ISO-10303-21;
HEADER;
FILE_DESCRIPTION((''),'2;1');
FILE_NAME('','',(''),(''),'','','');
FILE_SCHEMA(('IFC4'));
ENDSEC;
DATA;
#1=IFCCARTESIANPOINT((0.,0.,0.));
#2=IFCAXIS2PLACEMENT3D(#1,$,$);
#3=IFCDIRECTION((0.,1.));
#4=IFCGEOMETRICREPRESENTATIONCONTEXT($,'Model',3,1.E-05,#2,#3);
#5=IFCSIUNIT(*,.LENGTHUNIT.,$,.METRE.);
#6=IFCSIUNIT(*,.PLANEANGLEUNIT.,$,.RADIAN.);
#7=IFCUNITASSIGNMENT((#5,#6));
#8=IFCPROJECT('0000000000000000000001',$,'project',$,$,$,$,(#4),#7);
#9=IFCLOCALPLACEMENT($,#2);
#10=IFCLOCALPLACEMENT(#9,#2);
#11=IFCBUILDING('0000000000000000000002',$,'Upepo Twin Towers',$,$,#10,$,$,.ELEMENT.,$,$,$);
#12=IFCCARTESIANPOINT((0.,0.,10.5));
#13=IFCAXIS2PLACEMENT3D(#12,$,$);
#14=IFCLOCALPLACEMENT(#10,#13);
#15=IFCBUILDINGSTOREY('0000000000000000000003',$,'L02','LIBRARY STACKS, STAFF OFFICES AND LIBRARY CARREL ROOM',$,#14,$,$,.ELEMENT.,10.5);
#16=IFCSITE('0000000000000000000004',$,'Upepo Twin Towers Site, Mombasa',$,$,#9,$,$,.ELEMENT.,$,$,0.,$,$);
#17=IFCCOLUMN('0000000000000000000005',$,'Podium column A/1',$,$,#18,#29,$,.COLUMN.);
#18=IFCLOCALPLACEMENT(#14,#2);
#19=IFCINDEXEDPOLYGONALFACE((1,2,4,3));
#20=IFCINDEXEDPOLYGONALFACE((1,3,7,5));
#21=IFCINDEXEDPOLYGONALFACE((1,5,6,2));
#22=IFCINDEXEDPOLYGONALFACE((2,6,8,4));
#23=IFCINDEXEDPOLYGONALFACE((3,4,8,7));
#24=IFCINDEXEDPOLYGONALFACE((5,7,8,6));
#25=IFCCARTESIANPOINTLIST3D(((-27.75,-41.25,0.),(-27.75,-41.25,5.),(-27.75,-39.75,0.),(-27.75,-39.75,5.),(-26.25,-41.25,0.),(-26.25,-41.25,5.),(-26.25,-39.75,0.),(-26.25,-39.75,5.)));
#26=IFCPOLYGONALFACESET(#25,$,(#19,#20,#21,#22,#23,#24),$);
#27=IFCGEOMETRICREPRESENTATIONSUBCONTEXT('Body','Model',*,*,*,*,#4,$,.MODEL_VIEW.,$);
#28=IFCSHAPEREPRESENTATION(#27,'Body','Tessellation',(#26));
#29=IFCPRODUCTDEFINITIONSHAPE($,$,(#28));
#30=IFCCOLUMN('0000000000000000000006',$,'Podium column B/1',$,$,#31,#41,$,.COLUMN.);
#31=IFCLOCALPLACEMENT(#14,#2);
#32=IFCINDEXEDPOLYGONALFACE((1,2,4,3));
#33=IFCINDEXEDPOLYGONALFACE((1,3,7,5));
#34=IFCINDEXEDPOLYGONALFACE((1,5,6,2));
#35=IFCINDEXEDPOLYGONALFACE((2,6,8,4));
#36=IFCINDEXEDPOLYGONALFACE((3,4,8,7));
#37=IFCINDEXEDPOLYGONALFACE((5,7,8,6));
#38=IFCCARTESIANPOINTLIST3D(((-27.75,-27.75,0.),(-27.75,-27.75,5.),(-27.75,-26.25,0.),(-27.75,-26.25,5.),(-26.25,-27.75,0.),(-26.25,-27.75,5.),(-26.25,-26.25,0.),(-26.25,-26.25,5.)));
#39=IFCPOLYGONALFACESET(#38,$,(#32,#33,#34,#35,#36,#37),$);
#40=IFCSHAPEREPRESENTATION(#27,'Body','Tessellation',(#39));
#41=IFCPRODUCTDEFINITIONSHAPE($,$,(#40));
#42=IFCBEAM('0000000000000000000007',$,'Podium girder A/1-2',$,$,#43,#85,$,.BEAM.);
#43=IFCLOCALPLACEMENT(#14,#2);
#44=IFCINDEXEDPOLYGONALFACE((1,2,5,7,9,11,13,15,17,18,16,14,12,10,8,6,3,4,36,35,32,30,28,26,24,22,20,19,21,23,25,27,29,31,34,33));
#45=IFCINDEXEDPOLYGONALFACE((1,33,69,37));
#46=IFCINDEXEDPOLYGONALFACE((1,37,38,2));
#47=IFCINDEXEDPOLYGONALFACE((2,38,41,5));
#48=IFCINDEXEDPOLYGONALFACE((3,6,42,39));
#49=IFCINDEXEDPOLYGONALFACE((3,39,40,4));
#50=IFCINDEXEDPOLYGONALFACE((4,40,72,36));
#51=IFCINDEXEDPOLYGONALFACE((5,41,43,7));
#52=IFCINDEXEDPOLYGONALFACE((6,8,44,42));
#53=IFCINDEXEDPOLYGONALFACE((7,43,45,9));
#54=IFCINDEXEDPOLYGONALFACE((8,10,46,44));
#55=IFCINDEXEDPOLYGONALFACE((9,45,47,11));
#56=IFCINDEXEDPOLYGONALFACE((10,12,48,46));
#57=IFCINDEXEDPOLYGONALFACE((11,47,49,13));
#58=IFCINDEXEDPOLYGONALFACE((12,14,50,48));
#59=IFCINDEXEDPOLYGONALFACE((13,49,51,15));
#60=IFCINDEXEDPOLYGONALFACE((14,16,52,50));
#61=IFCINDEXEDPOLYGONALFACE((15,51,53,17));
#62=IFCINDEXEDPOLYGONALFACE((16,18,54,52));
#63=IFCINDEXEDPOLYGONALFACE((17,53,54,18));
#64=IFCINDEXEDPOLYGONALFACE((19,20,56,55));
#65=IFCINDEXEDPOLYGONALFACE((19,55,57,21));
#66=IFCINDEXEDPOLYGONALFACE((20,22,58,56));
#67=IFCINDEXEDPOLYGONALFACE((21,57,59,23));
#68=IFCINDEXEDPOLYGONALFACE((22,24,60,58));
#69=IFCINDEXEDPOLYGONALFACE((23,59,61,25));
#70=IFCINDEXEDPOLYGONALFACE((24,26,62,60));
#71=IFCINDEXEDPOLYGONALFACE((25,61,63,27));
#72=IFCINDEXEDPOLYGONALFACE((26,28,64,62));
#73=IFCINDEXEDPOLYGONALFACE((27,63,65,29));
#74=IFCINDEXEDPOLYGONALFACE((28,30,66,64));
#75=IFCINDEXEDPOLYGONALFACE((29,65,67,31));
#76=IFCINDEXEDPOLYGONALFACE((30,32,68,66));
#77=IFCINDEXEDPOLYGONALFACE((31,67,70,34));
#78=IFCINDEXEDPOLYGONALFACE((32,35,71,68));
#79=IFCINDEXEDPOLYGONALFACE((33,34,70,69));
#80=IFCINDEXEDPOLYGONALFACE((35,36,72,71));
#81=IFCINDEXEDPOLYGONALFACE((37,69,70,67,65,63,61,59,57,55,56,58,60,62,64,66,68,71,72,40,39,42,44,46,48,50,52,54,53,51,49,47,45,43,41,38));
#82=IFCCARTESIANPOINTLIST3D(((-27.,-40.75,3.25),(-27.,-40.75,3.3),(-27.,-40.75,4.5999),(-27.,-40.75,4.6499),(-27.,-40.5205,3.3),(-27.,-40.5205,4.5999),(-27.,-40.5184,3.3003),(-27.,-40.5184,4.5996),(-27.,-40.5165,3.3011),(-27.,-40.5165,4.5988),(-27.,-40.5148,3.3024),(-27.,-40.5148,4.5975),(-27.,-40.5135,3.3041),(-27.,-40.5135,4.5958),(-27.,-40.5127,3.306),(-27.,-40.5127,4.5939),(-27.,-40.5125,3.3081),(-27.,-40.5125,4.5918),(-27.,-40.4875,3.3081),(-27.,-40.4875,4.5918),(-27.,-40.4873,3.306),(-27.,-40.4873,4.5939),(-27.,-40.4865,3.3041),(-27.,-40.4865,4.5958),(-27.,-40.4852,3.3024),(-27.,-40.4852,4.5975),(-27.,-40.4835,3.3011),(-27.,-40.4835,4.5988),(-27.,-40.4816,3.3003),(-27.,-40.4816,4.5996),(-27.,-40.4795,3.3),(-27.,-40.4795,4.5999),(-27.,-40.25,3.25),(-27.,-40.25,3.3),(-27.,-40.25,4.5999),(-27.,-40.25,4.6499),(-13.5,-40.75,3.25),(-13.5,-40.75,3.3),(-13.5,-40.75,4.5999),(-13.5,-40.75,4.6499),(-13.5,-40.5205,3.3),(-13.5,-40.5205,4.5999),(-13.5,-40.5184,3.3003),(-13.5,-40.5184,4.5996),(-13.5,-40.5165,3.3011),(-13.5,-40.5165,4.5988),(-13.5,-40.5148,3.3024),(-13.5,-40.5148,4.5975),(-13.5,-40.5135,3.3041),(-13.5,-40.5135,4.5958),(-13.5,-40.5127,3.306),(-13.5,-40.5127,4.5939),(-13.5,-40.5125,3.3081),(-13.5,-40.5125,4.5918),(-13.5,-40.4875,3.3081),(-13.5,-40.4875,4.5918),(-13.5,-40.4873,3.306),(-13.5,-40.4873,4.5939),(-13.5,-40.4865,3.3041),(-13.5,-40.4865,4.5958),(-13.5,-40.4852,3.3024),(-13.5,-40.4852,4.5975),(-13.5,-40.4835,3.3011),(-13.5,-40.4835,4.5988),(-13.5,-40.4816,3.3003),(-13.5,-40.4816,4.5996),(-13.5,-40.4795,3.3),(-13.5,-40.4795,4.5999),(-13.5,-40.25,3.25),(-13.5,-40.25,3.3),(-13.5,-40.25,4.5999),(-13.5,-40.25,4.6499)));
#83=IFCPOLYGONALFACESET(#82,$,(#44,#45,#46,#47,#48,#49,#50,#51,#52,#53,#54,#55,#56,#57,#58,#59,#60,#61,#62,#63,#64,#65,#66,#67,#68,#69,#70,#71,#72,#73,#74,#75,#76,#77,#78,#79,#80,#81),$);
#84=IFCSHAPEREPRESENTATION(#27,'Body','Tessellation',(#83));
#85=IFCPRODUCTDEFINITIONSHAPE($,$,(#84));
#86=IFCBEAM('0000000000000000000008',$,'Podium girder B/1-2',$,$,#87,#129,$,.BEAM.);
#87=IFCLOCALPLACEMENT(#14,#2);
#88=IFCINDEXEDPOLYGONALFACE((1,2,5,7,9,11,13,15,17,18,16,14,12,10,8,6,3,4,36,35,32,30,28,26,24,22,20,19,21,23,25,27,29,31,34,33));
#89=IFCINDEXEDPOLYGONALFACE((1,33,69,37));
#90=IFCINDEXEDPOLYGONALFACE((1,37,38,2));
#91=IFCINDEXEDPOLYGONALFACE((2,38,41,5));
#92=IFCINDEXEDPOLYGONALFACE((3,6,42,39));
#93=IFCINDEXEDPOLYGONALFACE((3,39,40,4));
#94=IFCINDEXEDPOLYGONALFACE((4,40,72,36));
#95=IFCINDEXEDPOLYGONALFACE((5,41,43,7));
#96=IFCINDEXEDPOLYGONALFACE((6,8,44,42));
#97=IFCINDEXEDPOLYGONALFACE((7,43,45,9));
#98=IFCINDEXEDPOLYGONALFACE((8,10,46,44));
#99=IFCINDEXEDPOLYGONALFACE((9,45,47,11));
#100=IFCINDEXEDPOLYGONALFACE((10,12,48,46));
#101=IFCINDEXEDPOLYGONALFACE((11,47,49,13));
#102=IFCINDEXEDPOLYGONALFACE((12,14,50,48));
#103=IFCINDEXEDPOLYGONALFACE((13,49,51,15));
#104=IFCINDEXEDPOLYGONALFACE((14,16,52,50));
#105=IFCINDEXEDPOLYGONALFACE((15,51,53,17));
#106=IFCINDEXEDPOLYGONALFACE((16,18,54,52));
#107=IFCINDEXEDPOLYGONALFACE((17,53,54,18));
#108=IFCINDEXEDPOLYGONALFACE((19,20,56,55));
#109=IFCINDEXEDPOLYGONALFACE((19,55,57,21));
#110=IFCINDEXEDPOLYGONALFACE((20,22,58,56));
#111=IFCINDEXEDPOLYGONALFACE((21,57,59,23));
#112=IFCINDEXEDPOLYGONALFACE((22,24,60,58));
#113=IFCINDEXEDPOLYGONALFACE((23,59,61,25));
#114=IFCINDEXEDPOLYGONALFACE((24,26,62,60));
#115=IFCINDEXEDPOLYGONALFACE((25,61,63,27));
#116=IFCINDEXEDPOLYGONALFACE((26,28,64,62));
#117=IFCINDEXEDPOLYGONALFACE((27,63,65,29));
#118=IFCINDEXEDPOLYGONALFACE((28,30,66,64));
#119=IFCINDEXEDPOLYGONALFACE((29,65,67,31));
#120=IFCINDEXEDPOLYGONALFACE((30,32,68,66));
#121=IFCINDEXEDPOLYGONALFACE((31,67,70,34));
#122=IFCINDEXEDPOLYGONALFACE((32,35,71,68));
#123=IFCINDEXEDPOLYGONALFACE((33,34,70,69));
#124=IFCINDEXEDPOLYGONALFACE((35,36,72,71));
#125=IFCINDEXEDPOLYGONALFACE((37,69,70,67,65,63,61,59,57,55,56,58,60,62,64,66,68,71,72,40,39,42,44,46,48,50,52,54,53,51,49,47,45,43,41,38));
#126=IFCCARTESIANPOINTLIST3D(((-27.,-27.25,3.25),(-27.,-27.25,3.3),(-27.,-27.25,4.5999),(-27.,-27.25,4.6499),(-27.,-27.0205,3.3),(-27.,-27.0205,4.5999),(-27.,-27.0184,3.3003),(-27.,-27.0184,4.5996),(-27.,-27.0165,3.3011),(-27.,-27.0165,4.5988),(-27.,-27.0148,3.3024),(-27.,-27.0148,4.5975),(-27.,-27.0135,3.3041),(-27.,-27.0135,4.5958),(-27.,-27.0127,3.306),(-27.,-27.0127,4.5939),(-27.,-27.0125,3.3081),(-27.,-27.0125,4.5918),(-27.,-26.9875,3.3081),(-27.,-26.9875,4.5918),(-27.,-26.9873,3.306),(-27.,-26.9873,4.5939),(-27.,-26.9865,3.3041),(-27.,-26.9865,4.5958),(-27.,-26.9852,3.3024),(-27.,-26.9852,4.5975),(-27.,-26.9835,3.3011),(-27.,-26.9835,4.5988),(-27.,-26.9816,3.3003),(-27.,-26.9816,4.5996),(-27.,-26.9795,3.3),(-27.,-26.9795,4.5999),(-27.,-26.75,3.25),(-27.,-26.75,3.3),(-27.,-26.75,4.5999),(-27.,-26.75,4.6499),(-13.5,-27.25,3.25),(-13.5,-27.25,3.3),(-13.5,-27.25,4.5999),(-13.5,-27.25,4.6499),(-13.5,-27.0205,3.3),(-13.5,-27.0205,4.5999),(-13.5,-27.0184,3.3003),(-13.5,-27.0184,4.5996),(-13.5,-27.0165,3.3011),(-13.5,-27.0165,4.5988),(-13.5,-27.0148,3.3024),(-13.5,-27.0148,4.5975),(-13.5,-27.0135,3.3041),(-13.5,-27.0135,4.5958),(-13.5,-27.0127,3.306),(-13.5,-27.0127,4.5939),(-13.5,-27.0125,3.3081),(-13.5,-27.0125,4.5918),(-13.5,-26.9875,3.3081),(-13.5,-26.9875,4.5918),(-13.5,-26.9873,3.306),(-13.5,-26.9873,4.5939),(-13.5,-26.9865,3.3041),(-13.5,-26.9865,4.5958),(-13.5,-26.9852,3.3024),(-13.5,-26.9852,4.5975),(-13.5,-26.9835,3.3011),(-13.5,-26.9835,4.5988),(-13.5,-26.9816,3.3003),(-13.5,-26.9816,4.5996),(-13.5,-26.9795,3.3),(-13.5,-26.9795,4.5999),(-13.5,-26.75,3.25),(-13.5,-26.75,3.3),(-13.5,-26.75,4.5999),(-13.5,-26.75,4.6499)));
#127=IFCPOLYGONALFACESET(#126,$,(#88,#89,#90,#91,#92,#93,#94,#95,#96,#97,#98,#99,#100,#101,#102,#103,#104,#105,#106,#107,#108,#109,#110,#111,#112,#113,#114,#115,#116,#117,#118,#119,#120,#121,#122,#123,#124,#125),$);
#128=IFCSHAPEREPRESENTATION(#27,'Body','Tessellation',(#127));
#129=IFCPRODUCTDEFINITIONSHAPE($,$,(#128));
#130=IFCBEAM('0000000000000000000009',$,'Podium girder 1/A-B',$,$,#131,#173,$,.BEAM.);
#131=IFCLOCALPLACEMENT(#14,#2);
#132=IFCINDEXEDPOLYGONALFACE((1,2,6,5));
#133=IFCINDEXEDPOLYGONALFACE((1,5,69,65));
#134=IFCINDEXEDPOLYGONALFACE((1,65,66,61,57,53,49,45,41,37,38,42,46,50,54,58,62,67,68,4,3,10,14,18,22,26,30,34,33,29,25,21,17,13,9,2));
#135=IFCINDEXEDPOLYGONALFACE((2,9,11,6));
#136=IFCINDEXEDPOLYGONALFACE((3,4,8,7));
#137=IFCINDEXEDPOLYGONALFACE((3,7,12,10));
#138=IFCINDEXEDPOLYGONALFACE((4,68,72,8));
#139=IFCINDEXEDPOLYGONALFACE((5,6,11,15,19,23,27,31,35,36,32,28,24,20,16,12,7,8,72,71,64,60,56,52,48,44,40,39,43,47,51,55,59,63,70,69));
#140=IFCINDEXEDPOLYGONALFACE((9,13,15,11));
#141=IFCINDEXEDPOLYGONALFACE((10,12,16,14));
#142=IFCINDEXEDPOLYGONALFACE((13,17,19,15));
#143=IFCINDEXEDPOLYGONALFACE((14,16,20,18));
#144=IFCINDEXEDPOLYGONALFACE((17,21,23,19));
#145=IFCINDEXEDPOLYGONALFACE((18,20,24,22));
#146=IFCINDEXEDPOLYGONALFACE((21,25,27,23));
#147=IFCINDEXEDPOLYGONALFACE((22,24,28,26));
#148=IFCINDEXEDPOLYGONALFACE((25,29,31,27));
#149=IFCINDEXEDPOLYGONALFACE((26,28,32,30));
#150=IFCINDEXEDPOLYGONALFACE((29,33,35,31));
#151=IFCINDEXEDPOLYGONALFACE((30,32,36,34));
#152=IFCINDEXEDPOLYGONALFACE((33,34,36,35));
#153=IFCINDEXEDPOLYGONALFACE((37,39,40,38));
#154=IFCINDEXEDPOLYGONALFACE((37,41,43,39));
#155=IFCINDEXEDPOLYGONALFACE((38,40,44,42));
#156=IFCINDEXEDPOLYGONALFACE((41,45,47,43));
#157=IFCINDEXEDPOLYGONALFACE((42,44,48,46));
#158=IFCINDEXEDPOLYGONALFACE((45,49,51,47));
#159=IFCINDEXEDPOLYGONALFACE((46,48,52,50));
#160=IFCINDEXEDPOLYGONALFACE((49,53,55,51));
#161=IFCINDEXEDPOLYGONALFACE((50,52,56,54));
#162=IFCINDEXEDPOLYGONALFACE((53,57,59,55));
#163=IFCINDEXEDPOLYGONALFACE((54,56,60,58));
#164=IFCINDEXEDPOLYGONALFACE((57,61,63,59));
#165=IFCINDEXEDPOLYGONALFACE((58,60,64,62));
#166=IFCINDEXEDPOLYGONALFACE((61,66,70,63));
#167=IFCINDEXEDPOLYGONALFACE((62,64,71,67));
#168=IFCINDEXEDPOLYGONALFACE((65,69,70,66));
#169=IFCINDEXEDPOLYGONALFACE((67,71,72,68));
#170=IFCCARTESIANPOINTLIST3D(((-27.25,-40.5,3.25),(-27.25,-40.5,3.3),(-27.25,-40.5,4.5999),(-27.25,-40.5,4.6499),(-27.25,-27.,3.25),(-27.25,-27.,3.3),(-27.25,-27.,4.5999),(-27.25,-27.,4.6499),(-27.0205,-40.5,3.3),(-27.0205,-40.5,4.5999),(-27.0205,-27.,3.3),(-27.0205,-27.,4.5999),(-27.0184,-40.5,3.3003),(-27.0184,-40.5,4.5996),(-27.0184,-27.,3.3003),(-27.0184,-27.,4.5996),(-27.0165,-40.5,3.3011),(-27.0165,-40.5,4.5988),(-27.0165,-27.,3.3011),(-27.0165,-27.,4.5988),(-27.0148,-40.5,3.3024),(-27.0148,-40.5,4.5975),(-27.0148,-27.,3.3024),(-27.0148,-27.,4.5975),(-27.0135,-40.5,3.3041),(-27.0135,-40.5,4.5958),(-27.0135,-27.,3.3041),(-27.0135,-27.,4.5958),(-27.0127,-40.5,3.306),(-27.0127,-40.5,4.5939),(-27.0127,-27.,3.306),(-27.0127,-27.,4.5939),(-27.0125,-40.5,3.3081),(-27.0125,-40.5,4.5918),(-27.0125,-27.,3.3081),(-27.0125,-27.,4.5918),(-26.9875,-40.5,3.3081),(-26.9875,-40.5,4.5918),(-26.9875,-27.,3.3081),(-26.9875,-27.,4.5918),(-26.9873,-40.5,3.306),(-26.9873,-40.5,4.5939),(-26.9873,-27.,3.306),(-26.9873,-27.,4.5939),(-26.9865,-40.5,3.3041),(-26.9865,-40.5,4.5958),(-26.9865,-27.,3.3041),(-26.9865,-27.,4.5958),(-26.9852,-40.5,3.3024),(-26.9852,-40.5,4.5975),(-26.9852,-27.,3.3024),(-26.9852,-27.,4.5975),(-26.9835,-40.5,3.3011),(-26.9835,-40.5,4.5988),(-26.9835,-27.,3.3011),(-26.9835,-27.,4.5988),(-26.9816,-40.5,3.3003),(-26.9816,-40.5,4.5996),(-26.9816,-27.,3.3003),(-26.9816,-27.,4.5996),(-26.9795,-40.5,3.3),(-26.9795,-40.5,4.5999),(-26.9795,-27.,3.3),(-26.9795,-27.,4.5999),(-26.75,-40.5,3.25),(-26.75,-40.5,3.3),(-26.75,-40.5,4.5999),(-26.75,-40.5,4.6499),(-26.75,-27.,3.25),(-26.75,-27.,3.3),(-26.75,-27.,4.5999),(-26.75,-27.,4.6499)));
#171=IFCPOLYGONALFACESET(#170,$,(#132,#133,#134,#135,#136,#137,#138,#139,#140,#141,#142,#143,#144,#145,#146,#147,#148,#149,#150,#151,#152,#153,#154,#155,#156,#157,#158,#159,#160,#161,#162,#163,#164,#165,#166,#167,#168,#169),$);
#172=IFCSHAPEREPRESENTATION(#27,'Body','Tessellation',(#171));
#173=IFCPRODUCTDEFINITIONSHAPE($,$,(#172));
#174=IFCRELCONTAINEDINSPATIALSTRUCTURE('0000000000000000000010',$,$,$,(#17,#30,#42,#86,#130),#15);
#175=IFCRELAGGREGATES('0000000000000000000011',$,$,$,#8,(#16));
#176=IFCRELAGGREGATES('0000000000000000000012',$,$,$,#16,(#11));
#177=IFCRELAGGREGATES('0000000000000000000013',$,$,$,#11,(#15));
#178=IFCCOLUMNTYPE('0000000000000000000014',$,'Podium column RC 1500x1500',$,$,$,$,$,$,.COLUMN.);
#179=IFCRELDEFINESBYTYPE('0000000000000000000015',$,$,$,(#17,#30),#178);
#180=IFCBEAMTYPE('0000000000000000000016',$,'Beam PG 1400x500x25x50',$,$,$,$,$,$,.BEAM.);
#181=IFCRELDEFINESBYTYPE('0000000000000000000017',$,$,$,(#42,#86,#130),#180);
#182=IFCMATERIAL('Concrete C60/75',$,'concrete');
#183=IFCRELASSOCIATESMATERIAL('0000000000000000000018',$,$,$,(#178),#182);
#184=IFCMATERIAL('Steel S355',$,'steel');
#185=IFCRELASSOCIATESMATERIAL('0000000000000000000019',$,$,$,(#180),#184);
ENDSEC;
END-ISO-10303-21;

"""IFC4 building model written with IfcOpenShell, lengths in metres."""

from ifc_helpers import new_model, si_unit, direction, frame, origin, origin_2d, place, context, subcontext, project, spatial, rectangle, i_section, extrude, material, material_profile, profile_set, type_object, element, save


model = new_model("IFC4")

# Units and contexts
model_context = context("Model", 3, precision=1e-05, world=origin(), true_north=direction((0.0, 1.0)))
body_context = subcontext(model_context, "Body", "Model", "MODEL_VIEW")
ifc_project = project(units=[si_unit("LENGTHUNIT", "METRE"), si_unit("PLANEANGLEUNIT", "RADIAN")], contexts=[model_context])

# Site, building, storey
site_placement = place(None, origin())
site = spatial("IfcSite", under=ifc_project, at=site_placement, Name="Upepo Twin Towers Site, Mombasa", CompositionType="ELEMENT", RefElevation=0.0)
building_placement = place(site_placement, origin())
building = spatial("IfcBuilding", under=site, at=building_placement, Name="Upepo Twin Towers", CompositionType="ELEMENT")
storey_placement = place(building_placement, frame((0.0, 0.0, 10.5)))
storey = spatial("IfcBuildingStorey", under=building, at=storey_placement, Name="L02", Description="LIBRARY STACKS, STAFF OFFICES AND LIBRARY CARREL ROOM", CompositionType="ELEMENT", Elevation=10.5)

# Columns
ifc_material_1 = material(Name="Concrete C60/75", Category="concrete")
ifc_material_profile_1 = material_profile(ifc_material_1, rectangle(XDim=1.5, YDim=1.5, at=origin_2d()), Name="RC 1500x1500")
ifc_profile_set_1 = profile_set([ifc_material_profile_1], Name="Concrete C60/75")
column_type = type_object("IfcColumnType", Name="Podium column RC 1500x1500", PredefinedType="COLUMN", material=ifc_profile_set_1)
for number, where, z_axis, x_axis, name in (
    (1, (-27.0, -40.5, 0.0), (0.0, 0.0, 1.0), (1.0, 0.0, 0.0), "Podium column A/1"),
    (2, (-27.0, -27.0, 0.0), (0.0, 0.0, 1.0), (1.0, 0.0, 0.0), "Podium column B/1"),
):
    element("IfcColumn", number, at=place(storey_placement, frame(where, z_axis=z_axis, x_axis=x_axis)), inside=storey, type_object=column_type, Name=name, PredefinedType="COLUMN", context=body_context, shape_type="SweptSolid", body=[
        extrude(rectangle(XDim=1.5, YDim=1.5, at=origin_2d()), origin(), (0.0, 0.0, 1.0), 5.0),
    ])

# Beams
ifc_material_2 = material(Name="Steel S355", Category="steel")
ifc_material_profile_2 = material_profile(ifc_material_2, i_section(OverallWidth=0.5, OverallDepth=1.3999, WebThickness=0.0249, FlangeThickness=0.05, FilletRadius=0.0081, at=origin_2d()), Name="PG 1400x500x25x50")
ifc_profile_set_2 = profile_set([ifc_material_profile_2], Name="Steel S355")
beam_type_1 = type_object("IfcBeamType", Name="Beam PG 1400x500x25x50", PredefinedType="BEAM", material=ifc_profile_set_2)
for number, where, z_axis, x_axis, name in (
    (3, (-27.0, -40.5, 3.95), (1.0, 0.0, 0.0), (0.0, 1.0, 0.0), "Podium girder A/1-2"),
    (4, (-27.0, -27.0, 3.95), (1.0, 0.0, 0.0), (0.0, 1.0, 0.0), "Podium girder B/1-2"),
    (5, (-27.0, -40.5, 3.95), (0.0, 1.0, 0.0), (-1.0, 0.0, 0.0), "Podium girder 1/A-B"),
):
    element("IfcBeam", number, at=place(storey_placement, frame(where, z_axis=z_axis, x_axis=x_axis)), inside=storey, type_object=beam_type_1, Name=name, PredefinedType="BEAM", context=body_context, shape_type="SweptSolid", body=[
        extrude(i_section(OverallWidth=0.5, OverallDepth=1.3999, WebThickness=0.0249, FlangeThickness=0.05, FilletRadius=0.0081, at=origin_2d()), origin(), (0.0, 0.0, 1.0), 13.5),
    ])

save(model, "model.ifc")
